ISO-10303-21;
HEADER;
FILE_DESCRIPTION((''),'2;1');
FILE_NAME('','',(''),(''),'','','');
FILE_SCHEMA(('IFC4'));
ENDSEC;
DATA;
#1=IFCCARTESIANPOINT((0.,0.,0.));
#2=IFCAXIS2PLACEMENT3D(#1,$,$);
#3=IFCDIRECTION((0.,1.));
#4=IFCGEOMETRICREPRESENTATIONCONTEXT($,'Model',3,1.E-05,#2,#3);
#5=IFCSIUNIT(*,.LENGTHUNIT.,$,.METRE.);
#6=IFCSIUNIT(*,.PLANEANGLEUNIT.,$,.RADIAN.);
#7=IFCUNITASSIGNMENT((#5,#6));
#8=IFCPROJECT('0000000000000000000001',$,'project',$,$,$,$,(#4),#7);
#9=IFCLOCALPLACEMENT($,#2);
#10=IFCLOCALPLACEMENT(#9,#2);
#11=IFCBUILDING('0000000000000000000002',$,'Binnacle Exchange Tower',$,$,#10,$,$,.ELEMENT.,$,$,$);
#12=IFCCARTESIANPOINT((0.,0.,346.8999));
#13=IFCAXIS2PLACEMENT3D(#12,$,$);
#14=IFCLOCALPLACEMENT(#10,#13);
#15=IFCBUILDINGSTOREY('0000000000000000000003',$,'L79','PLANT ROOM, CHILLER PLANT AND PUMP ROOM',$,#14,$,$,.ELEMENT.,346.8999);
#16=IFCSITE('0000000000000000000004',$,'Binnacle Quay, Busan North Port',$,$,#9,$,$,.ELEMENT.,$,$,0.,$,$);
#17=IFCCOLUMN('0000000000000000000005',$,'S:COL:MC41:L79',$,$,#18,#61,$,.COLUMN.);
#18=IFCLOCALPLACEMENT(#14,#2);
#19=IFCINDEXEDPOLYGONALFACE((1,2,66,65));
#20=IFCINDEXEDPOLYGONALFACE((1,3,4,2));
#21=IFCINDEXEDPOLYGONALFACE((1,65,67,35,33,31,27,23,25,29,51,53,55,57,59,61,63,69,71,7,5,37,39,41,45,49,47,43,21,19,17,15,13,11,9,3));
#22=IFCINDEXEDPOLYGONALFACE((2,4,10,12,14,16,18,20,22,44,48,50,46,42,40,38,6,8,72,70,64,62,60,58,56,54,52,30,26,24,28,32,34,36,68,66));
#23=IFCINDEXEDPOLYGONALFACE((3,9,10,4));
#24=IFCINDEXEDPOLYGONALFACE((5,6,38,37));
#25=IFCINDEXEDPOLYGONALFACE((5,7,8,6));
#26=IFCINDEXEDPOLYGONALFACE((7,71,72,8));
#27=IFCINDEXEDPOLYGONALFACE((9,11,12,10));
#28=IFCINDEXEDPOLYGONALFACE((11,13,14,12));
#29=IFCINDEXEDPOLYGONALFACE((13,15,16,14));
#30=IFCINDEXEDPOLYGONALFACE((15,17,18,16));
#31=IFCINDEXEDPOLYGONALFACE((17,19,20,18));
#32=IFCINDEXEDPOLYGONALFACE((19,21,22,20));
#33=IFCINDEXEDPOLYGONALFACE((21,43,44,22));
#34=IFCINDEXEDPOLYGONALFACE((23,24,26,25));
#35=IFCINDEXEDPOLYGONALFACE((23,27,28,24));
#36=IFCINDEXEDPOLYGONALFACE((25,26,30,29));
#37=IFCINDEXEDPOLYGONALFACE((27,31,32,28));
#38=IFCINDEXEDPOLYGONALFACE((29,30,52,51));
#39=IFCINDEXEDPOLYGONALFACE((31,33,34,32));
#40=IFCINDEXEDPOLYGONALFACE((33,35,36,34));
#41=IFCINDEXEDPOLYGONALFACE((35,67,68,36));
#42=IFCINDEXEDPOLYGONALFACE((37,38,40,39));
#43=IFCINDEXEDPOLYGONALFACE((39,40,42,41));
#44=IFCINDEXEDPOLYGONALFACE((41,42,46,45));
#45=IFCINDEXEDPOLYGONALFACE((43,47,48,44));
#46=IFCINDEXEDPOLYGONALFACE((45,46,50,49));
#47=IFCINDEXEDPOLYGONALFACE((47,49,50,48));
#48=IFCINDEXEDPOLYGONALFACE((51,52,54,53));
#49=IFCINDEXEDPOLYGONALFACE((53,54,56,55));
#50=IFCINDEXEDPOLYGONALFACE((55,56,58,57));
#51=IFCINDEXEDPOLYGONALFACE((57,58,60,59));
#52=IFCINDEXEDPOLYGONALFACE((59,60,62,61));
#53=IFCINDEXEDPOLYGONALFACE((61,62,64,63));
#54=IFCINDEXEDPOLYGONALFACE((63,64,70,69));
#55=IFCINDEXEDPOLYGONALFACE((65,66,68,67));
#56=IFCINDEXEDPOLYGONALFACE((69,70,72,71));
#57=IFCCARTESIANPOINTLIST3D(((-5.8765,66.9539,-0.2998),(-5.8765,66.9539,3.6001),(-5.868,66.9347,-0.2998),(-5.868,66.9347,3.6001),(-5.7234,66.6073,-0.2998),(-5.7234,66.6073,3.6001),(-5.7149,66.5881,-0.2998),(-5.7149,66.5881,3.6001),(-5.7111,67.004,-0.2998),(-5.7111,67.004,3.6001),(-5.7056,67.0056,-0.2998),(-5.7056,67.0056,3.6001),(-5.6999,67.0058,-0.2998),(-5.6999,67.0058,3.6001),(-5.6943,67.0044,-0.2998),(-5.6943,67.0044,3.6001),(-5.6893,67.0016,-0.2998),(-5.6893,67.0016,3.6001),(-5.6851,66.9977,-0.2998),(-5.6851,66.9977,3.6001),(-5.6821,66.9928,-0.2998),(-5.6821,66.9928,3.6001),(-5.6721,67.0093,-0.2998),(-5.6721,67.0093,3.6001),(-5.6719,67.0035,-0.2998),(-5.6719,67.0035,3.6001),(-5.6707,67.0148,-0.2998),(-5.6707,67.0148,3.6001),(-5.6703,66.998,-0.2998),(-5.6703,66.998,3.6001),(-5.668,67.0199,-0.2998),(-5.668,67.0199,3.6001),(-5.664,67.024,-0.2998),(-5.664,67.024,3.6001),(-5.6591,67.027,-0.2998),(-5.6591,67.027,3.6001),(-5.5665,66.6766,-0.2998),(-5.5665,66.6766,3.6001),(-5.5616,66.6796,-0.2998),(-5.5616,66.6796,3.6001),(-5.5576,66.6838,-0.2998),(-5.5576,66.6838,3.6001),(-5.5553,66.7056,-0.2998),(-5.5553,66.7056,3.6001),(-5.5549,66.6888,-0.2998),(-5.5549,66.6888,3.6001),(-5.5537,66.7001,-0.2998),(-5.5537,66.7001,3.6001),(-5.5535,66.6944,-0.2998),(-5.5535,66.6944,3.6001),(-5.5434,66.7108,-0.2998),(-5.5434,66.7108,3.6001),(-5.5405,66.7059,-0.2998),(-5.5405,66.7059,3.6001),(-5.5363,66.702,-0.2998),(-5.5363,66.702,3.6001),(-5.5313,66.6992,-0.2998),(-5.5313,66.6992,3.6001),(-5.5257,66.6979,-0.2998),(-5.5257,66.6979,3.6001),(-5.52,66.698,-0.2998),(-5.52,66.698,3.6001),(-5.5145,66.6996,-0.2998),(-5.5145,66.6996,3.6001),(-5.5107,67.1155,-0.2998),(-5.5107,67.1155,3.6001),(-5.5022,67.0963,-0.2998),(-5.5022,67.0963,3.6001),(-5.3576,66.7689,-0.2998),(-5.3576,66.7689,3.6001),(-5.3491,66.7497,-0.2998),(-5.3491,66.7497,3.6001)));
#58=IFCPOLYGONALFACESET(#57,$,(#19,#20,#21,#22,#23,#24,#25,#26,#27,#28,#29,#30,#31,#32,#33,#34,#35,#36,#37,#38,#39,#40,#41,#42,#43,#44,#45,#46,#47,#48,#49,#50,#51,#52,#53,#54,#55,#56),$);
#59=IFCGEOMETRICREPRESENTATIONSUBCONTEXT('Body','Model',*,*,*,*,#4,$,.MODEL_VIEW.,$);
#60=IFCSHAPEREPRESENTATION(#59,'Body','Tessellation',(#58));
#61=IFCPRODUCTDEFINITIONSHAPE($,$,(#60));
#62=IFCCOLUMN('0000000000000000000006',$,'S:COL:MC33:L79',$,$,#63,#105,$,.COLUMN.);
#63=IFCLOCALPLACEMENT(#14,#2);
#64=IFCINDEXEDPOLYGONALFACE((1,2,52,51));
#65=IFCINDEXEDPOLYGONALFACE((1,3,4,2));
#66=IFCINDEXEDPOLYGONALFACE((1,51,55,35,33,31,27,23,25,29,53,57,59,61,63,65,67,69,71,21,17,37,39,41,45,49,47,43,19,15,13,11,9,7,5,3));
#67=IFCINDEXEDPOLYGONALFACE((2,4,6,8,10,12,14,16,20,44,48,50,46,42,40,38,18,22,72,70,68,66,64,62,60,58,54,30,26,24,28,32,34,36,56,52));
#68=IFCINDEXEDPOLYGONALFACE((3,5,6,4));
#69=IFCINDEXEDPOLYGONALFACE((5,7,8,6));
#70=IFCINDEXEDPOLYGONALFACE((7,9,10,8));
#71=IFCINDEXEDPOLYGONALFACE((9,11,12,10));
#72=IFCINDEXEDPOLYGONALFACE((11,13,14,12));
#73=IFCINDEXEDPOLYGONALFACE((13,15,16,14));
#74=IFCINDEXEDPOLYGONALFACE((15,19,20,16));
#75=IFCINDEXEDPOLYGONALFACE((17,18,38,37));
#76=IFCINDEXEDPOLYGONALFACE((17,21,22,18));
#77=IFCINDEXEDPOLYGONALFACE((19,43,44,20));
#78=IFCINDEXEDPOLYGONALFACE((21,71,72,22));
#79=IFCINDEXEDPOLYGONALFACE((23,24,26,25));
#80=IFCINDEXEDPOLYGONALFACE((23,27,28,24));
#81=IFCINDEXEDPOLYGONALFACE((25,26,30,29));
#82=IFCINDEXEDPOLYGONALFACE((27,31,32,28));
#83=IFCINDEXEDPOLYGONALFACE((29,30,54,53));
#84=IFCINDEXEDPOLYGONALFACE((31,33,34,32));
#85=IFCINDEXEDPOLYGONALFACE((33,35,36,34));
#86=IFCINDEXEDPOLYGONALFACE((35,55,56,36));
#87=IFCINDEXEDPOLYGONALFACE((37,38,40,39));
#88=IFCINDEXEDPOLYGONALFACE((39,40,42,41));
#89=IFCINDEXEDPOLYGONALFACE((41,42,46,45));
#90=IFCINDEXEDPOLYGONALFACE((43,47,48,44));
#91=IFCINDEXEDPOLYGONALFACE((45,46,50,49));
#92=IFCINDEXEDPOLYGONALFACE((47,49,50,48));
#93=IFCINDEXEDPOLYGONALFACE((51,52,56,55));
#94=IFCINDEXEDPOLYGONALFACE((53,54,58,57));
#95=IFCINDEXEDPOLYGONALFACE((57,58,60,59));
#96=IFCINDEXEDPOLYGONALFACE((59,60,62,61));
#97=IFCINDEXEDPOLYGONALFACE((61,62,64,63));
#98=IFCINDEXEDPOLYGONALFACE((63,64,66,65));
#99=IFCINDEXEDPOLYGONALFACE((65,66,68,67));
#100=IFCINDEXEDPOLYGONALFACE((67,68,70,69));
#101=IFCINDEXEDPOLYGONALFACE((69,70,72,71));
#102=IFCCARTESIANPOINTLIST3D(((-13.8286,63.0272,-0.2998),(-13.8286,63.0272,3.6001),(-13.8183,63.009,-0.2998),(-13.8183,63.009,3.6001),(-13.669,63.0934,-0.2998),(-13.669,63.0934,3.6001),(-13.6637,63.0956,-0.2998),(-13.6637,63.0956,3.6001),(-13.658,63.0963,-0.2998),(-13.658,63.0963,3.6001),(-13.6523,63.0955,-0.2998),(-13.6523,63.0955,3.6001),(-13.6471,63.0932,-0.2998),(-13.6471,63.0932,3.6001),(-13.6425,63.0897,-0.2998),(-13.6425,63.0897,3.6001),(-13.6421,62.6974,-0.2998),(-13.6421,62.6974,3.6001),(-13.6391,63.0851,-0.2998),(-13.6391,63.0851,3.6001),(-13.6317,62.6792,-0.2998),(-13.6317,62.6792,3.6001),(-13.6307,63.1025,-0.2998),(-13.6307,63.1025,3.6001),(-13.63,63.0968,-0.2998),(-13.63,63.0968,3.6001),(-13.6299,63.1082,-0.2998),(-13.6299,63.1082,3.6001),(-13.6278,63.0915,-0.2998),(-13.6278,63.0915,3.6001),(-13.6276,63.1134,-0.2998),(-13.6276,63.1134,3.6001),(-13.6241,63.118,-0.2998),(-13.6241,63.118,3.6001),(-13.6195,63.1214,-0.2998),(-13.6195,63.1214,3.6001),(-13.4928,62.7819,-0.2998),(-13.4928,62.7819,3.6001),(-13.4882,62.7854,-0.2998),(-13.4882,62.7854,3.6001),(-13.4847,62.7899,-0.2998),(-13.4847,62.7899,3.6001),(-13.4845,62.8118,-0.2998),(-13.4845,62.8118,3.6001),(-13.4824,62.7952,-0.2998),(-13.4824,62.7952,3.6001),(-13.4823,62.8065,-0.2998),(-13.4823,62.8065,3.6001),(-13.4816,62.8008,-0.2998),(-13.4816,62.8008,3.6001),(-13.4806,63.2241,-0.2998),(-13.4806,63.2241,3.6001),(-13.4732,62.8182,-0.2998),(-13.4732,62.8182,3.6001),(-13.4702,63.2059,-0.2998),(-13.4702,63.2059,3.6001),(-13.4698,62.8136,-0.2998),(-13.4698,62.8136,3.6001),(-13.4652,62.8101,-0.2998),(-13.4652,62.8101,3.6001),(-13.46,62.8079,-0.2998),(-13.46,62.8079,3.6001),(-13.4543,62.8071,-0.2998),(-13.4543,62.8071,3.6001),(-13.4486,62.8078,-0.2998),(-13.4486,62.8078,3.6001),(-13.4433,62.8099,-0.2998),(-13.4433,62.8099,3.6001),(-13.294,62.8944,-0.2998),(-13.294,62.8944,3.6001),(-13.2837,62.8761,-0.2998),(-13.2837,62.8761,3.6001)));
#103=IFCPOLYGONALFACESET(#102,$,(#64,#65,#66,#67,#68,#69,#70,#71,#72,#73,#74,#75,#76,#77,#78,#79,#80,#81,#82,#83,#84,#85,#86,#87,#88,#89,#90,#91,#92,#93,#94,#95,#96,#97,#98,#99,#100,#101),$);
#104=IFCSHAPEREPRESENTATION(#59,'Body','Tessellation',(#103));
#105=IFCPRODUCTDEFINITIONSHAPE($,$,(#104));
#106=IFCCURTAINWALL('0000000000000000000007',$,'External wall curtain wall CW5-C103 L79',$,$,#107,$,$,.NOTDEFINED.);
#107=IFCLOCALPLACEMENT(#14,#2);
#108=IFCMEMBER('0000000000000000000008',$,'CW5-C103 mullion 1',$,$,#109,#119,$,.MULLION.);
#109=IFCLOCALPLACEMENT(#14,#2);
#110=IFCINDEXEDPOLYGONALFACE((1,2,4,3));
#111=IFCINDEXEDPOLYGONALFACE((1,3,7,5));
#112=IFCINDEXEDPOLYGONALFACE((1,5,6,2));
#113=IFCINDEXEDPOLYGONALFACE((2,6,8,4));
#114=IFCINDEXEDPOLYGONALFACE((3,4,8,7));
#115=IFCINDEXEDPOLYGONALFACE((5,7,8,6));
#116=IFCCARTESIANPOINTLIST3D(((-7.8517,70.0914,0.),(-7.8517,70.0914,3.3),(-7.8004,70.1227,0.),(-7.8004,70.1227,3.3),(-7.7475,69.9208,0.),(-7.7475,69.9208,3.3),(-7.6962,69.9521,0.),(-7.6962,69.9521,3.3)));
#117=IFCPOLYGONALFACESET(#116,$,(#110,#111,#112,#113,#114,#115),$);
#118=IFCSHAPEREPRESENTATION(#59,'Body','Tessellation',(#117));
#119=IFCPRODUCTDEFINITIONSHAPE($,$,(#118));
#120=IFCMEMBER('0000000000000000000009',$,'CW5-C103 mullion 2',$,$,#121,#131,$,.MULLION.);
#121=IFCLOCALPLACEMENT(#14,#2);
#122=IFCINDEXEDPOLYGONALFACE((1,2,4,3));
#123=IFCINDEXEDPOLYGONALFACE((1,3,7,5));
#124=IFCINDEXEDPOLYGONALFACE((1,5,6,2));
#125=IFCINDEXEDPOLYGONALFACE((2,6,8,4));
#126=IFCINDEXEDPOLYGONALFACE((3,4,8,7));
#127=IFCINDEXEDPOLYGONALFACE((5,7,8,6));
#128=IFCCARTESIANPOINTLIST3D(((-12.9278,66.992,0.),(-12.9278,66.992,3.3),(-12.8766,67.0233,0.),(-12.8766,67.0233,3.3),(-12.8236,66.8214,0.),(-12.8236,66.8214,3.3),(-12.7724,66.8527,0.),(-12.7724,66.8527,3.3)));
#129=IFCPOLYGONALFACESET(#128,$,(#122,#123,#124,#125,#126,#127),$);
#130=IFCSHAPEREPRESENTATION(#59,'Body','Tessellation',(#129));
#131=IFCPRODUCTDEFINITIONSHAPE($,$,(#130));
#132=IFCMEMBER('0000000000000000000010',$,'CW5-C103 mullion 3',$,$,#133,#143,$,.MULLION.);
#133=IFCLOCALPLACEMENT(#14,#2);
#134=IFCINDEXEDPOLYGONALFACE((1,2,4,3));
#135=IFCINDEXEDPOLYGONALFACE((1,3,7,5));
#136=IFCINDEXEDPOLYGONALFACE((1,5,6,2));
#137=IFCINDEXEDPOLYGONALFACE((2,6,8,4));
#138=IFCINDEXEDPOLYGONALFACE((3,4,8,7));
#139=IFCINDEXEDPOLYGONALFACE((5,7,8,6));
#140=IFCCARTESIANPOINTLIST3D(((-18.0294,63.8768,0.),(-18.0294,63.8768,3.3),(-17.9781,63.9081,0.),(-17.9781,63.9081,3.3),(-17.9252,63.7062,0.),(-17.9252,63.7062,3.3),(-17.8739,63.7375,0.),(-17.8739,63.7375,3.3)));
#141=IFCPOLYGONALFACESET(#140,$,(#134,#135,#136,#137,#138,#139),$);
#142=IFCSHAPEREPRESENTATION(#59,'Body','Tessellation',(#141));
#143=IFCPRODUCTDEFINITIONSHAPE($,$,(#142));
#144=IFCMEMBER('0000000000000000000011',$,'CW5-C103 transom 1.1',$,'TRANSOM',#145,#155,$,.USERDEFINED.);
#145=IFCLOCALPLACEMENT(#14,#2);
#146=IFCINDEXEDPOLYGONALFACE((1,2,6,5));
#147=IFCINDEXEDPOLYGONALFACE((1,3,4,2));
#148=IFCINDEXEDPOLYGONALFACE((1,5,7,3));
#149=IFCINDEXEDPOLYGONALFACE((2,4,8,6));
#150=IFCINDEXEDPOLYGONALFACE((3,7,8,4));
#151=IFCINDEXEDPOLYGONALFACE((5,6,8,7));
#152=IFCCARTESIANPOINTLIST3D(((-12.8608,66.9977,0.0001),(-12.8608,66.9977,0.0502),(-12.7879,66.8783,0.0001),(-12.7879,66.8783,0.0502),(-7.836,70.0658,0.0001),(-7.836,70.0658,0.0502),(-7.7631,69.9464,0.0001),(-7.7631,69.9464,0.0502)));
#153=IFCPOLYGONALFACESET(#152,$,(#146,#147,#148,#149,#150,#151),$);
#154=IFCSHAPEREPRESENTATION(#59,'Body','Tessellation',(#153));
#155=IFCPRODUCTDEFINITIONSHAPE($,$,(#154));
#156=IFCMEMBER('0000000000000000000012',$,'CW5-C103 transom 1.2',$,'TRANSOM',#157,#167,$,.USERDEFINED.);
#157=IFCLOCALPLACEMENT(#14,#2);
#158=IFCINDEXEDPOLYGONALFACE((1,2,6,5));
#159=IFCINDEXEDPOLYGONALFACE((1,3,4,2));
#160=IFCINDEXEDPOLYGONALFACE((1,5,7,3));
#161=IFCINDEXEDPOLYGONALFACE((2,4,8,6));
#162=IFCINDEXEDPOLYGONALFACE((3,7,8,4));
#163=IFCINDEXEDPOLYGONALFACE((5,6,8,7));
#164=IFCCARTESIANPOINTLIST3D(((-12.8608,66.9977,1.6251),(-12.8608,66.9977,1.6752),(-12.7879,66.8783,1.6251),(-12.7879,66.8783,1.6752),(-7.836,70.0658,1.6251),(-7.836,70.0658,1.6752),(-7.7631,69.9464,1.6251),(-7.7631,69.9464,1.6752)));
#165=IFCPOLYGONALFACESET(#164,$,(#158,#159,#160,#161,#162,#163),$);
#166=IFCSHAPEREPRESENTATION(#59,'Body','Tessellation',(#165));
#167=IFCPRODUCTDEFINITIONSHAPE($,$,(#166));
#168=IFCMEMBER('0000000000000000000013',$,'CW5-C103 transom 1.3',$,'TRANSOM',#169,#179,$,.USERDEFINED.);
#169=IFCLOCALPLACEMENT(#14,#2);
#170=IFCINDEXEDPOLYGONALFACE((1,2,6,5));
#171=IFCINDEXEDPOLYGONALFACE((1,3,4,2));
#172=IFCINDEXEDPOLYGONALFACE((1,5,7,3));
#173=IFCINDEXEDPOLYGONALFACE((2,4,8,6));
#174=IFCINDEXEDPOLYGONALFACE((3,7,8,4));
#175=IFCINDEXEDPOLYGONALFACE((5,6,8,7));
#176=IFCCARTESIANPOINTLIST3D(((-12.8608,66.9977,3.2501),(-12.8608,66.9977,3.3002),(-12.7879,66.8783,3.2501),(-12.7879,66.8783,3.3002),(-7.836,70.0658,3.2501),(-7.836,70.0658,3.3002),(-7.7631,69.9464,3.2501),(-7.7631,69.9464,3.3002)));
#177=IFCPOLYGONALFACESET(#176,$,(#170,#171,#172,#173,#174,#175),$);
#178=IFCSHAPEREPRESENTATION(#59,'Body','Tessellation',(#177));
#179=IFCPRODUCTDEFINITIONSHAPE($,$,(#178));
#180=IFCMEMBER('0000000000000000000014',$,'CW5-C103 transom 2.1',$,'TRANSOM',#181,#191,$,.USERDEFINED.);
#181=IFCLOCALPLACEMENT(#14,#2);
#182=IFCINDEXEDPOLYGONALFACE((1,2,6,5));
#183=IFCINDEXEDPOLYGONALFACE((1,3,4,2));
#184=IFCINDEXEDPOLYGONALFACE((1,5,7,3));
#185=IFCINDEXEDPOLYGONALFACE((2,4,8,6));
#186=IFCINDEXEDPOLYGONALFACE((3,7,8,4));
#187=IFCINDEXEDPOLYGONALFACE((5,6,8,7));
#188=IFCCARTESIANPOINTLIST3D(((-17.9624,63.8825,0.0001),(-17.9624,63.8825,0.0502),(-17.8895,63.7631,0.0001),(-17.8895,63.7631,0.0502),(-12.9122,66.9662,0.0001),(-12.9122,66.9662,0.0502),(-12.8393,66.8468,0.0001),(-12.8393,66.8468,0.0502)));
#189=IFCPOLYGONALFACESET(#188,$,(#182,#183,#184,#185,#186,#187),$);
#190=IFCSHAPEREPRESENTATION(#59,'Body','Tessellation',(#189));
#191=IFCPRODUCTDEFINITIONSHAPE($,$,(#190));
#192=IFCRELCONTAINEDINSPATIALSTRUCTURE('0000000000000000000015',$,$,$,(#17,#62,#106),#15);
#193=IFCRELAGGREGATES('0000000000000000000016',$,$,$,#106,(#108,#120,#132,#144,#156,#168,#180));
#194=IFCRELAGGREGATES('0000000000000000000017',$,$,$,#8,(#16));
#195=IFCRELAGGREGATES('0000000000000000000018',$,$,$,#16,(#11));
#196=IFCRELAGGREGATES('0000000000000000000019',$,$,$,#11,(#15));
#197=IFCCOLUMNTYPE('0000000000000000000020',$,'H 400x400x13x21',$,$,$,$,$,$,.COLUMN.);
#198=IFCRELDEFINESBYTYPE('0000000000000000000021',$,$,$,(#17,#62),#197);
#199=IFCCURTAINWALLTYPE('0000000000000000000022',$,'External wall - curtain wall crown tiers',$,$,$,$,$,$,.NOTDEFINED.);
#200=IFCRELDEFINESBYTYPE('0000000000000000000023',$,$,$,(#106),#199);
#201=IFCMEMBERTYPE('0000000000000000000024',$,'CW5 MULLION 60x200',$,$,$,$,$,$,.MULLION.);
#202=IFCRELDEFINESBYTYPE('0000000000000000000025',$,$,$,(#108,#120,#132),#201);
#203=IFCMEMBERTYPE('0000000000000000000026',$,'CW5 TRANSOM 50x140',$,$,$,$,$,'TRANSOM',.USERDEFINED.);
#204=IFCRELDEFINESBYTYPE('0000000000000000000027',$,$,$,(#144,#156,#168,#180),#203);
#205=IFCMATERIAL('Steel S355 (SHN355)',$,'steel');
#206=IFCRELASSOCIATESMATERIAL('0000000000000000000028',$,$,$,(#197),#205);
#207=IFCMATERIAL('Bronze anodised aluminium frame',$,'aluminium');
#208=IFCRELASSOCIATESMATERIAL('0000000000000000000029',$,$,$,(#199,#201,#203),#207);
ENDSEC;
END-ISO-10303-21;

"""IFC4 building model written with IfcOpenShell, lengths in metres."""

from ifc_helpers import new_model, si_unit, direction, frame, origin, origin_2d, place, context, subcontext, project, spatial, rectangle, i_section, extrude, material, material_profile, profile_set, type_object, element, aggregate, save


model = new_model("IFC4")

# Units and contexts
model_context = context("Model", 3, precision=1e-05, world=origin(), true_north=direction((0.0, 1.0)))
body_context = subcontext(model_context, "Body", "Model", "MODEL_VIEW")
ifc_project = project(units=[si_unit("LENGTHUNIT", "METRE"), si_unit("PLANEANGLEUNIT", "RADIAN")], contexts=[model_context])

# Site, building, storey
site_placement = place(None, origin())
site = spatial("IfcSite", under=ifc_project, at=site_placement, Name="Binnacle Quay, Busan North Port", CompositionType="ELEMENT", RefElevation=0.0)
building_placement = place(site_placement, origin())
building = spatial("IfcBuilding", under=site, at=building_placement, Name="Binnacle Exchange Tower", CompositionType="ELEMENT")
storey_placement = place(building_placement, frame((0.0, 0.0, 346.8999)))
storey = spatial("IfcBuildingStorey", under=building, at=storey_placement, Name="L79", Description="PLANT ROOM, CHILLER PLANT AND PUMP ROOM", CompositionType="ELEMENT", Elevation=346.8999)

# Columns
ifc_material_1 = material(Name="Steel S355 (SHN355)", Category="steel")
ifc_material_profile_1 = material_profile(ifc_material_1, i_section(OverallWidth=0.3999, OverallDepth=0.3999, WebThickness=0.0129, FlangeThickness=0.021, FilletRadius=0.022, at=origin_2d()), Name="H 400x400x13x21")
ifc_profile_set_1 = profile_set([ifc_material_profile_1], Name="Steel S355 (SHN355)")
column_type = type_object("IfcColumnType", Name="H 400x400x13x21", PredefinedType="COLUMN", material=ifc_profile_set_1)
for number, where, z_axis, x_axis, name in (
    (1, (-5.6128, 66.8518, -0.2998), (0.0, 0.0, 1.0), (-0.914713, -0.404104, 0.0), "S:COL:MC41:L79"),
    (2, (-13.5562, 62.9517, -0.2998), (0.0, 0.0, 1.0), (-0.870356, -0.492424, 0.0), "S:COL:MC33:L79"),
):
    element("IfcColumn", number, at=place(storey_placement, frame(where, z_axis=z_axis, x_axis=x_axis)), inside=storey, type_object=column_type, Name=name, PredefinedType="COLUMN", context=body_context, shape_type="SweptSolid", body=[
        extrude(i_section(OverallWidth=0.3999, OverallDepth=0.3999, WebThickness=0.0129, FlangeThickness=0.021, FilletRadius=0.022, at=origin_2d()), origin(), (0.0, 0.0, 1.0), 3.8999),
    ])

# Curtain wall, members
ifc_material_2 = material(Name="Bronze anodised aluminium frame", Category="aluminium")
curtain_wall_type = type_object("IfcCurtainWallType", Name="External wall - curtain wall crown tiers", PredefinedType="NOTDEFINED", material=ifc_material_2)
curtain_wall_placement = place(storey_placement, origin())
curtain_wall = element("IfcCurtainWall", 3, at=curtain_wall_placement, inside=storey, type_object=curtain_wall_type, Name="External wall curtain wall CW5-C103 L79", PredefinedType="NOTDEFINED")
ifc_material_profile_2 = material_profile(ifc_material_2, rectangle(XDim=0.2, YDim=0.0601, at=origin_2d()), Name="AL 60x200")
ifc_profile_set_2 = profile_set([ifc_material_profile_2], Name="Bronze anodised aluminium frame")
member_type_1 = type_object("IfcMemberType", Name="CW5 MULLION 60x200", PredefinedType="MULLION", material=ifc_profile_set_2)
member_1_placement = place(storey_placement, frame((-7.7739, 70.0217, 0.0), z_axis=(0.0, 0.0, 1.0), x_axis=(0.521157, -0.853461, 0.0)))
member_1 = element("IfcMember", 4, at=member_1_placement, type_object=member_type_1, Name="CW5-C103 mullion 1", PredefinedType="MULLION", context=body_context, shape_type="SweptSolid", body=[
    extrude(rectangle(XDim=0.2, YDim=0.0601, at=origin_2d()), origin(), (0.0, 0.0, 1.0), 3.3),
])
member_2_placement = place(storey_placement, frame((-12.8501, 66.9224, 0.0), z_axis=(0.0, 0.0, 1.0), x_axis=(0.521157, -0.853461, 0.0)))
member_2 = element("IfcMember", 5, at=member_2_placement, type_object=member_type_1, Name="CW5-C103 mullion 2", PredefinedType="MULLION", context=body_context, shape_type="SweptSolid", body=[
    extrude(rectangle(XDim=0.2, YDim=0.0601, at=origin_2d()), origin(), (0.0, 0.0, 1.0), 3.3),
])
member_3_placement = place(storey_placement, frame((-17.9517, 63.8071, 0.0), z_axis=(0.0, 0.0, 1.0), x_axis=(0.521157, -0.853461, 0.0)))
member_3 = element("IfcMember", 6, at=member_3_placement, type_object=member_type_1, Name="CW5-C103 mullion 3", PredefinedType="MULLION", context=body_context, shape_type="SweptSolid", body=[
    extrude(rectangle(XDim=0.2, YDim=0.0601, at=origin_2d()), origin(), (0.0, 0.0, 1.0), 3.3),
])
ifc_material_profile_3 = material_profile(ifc_material_2, rectangle(XDim=0.1399, YDim=0.05, at=origin_2d()), Name="AL 140x50")
ifc_profile_set_3 = profile_set([ifc_material_profile_3], Name="Bronze anodised aluminium frame")
member_type_2 = type_object("IfcMemberType", Name="CW5 TRANSOM 50x140", ElementType="TRANSOM", PredefinedType="USERDEFINED", material=ifc_profile_set_3)
member_4_placement = place(storey_placement, frame((-7.7996, 70.0061, 0.0251), z_axis=(-0.853483, -0.521121, 0.0), x_axis=(0.521121, -0.853483, 0.0)))
member_4 = element("IfcMember", 7, at=member_4_placement, type_object=member_type_2, Name="CW5-C103 transom 1.1", ObjectType="TRANSOM", PredefinedType="USERDEFINED", context=body_context, shape_type="SweptSolid", body=[
    extrude(rectangle(XDim=0.1399, YDim=0.05, at=origin_2d()), origin(), (0.0, 0.0, 1.0), 5.8875),
])
member_5_placement = place(storey_placement, frame((-7.7996, 70.0061, 1.6501), z_axis=(-0.853483, -0.521121, 0.0), x_axis=(0.521121, -0.853483, 0.0)))
member_5 = element("IfcMember", 8, at=member_5_placement, type_object=member_type_2, Name="CW5-C103 transom 1.2", ObjectType="TRANSOM", PredefinedType="USERDEFINED", context=body_context, shape_type="SweptSolid", body=[
    extrude(rectangle(XDim=0.1399, YDim=0.05, at=origin_2d()), origin(), (0.0, 0.0, 1.0), 5.8875),
])
member_6_placement = place(storey_placement, frame((-7.7996, 70.0061, 3.2751), z_axis=(-0.853483, -0.521121, 0.0), x_axis=(0.521121, -0.853483, 0.0)))
member_6 = element("IfcMember", 9, at=member_6_placement, type_object=member_type_2, Name="CW5-C103 transom 1.3", ObjectType="TRANSOM", PredefinedType="USERDEFINED", context=body_context, shape_type="SweptSolid", body=[
    extrude(rectangle(XDim=0.1399, YDim=0.05, at=origin_2d()), origin(), (0.0, 0.0, 1.0), 5.8875),
])
member_7_placement = place(storey_placement, frame((-12.8757, 66.9065, 0.0251), z_axis=(-0.853474, -0.521136, 0.0), x_axis=(0.521136, -0.853474, 0.0)))
member_7 = element("IfcMember", 10, at=member_7_placement, type_object=member_type_2, Name="CW5-C103 transom 2.1", ObjectType="TRANSOM", PredefinedType="USERDEFINED", context=body_context, shape_type="SweptSolid", body=[
    extrude(rectangle(XDim=0.1399, YDim=0.05, at=origin_2d()), origin(), (0.0, 0.0, 1.0), 5.9172),
])

aggregate(curtain_wall, [member_1, member_2, member_3, member_4, member_5, member_6, member_7])

save(model, "model.ifc")
